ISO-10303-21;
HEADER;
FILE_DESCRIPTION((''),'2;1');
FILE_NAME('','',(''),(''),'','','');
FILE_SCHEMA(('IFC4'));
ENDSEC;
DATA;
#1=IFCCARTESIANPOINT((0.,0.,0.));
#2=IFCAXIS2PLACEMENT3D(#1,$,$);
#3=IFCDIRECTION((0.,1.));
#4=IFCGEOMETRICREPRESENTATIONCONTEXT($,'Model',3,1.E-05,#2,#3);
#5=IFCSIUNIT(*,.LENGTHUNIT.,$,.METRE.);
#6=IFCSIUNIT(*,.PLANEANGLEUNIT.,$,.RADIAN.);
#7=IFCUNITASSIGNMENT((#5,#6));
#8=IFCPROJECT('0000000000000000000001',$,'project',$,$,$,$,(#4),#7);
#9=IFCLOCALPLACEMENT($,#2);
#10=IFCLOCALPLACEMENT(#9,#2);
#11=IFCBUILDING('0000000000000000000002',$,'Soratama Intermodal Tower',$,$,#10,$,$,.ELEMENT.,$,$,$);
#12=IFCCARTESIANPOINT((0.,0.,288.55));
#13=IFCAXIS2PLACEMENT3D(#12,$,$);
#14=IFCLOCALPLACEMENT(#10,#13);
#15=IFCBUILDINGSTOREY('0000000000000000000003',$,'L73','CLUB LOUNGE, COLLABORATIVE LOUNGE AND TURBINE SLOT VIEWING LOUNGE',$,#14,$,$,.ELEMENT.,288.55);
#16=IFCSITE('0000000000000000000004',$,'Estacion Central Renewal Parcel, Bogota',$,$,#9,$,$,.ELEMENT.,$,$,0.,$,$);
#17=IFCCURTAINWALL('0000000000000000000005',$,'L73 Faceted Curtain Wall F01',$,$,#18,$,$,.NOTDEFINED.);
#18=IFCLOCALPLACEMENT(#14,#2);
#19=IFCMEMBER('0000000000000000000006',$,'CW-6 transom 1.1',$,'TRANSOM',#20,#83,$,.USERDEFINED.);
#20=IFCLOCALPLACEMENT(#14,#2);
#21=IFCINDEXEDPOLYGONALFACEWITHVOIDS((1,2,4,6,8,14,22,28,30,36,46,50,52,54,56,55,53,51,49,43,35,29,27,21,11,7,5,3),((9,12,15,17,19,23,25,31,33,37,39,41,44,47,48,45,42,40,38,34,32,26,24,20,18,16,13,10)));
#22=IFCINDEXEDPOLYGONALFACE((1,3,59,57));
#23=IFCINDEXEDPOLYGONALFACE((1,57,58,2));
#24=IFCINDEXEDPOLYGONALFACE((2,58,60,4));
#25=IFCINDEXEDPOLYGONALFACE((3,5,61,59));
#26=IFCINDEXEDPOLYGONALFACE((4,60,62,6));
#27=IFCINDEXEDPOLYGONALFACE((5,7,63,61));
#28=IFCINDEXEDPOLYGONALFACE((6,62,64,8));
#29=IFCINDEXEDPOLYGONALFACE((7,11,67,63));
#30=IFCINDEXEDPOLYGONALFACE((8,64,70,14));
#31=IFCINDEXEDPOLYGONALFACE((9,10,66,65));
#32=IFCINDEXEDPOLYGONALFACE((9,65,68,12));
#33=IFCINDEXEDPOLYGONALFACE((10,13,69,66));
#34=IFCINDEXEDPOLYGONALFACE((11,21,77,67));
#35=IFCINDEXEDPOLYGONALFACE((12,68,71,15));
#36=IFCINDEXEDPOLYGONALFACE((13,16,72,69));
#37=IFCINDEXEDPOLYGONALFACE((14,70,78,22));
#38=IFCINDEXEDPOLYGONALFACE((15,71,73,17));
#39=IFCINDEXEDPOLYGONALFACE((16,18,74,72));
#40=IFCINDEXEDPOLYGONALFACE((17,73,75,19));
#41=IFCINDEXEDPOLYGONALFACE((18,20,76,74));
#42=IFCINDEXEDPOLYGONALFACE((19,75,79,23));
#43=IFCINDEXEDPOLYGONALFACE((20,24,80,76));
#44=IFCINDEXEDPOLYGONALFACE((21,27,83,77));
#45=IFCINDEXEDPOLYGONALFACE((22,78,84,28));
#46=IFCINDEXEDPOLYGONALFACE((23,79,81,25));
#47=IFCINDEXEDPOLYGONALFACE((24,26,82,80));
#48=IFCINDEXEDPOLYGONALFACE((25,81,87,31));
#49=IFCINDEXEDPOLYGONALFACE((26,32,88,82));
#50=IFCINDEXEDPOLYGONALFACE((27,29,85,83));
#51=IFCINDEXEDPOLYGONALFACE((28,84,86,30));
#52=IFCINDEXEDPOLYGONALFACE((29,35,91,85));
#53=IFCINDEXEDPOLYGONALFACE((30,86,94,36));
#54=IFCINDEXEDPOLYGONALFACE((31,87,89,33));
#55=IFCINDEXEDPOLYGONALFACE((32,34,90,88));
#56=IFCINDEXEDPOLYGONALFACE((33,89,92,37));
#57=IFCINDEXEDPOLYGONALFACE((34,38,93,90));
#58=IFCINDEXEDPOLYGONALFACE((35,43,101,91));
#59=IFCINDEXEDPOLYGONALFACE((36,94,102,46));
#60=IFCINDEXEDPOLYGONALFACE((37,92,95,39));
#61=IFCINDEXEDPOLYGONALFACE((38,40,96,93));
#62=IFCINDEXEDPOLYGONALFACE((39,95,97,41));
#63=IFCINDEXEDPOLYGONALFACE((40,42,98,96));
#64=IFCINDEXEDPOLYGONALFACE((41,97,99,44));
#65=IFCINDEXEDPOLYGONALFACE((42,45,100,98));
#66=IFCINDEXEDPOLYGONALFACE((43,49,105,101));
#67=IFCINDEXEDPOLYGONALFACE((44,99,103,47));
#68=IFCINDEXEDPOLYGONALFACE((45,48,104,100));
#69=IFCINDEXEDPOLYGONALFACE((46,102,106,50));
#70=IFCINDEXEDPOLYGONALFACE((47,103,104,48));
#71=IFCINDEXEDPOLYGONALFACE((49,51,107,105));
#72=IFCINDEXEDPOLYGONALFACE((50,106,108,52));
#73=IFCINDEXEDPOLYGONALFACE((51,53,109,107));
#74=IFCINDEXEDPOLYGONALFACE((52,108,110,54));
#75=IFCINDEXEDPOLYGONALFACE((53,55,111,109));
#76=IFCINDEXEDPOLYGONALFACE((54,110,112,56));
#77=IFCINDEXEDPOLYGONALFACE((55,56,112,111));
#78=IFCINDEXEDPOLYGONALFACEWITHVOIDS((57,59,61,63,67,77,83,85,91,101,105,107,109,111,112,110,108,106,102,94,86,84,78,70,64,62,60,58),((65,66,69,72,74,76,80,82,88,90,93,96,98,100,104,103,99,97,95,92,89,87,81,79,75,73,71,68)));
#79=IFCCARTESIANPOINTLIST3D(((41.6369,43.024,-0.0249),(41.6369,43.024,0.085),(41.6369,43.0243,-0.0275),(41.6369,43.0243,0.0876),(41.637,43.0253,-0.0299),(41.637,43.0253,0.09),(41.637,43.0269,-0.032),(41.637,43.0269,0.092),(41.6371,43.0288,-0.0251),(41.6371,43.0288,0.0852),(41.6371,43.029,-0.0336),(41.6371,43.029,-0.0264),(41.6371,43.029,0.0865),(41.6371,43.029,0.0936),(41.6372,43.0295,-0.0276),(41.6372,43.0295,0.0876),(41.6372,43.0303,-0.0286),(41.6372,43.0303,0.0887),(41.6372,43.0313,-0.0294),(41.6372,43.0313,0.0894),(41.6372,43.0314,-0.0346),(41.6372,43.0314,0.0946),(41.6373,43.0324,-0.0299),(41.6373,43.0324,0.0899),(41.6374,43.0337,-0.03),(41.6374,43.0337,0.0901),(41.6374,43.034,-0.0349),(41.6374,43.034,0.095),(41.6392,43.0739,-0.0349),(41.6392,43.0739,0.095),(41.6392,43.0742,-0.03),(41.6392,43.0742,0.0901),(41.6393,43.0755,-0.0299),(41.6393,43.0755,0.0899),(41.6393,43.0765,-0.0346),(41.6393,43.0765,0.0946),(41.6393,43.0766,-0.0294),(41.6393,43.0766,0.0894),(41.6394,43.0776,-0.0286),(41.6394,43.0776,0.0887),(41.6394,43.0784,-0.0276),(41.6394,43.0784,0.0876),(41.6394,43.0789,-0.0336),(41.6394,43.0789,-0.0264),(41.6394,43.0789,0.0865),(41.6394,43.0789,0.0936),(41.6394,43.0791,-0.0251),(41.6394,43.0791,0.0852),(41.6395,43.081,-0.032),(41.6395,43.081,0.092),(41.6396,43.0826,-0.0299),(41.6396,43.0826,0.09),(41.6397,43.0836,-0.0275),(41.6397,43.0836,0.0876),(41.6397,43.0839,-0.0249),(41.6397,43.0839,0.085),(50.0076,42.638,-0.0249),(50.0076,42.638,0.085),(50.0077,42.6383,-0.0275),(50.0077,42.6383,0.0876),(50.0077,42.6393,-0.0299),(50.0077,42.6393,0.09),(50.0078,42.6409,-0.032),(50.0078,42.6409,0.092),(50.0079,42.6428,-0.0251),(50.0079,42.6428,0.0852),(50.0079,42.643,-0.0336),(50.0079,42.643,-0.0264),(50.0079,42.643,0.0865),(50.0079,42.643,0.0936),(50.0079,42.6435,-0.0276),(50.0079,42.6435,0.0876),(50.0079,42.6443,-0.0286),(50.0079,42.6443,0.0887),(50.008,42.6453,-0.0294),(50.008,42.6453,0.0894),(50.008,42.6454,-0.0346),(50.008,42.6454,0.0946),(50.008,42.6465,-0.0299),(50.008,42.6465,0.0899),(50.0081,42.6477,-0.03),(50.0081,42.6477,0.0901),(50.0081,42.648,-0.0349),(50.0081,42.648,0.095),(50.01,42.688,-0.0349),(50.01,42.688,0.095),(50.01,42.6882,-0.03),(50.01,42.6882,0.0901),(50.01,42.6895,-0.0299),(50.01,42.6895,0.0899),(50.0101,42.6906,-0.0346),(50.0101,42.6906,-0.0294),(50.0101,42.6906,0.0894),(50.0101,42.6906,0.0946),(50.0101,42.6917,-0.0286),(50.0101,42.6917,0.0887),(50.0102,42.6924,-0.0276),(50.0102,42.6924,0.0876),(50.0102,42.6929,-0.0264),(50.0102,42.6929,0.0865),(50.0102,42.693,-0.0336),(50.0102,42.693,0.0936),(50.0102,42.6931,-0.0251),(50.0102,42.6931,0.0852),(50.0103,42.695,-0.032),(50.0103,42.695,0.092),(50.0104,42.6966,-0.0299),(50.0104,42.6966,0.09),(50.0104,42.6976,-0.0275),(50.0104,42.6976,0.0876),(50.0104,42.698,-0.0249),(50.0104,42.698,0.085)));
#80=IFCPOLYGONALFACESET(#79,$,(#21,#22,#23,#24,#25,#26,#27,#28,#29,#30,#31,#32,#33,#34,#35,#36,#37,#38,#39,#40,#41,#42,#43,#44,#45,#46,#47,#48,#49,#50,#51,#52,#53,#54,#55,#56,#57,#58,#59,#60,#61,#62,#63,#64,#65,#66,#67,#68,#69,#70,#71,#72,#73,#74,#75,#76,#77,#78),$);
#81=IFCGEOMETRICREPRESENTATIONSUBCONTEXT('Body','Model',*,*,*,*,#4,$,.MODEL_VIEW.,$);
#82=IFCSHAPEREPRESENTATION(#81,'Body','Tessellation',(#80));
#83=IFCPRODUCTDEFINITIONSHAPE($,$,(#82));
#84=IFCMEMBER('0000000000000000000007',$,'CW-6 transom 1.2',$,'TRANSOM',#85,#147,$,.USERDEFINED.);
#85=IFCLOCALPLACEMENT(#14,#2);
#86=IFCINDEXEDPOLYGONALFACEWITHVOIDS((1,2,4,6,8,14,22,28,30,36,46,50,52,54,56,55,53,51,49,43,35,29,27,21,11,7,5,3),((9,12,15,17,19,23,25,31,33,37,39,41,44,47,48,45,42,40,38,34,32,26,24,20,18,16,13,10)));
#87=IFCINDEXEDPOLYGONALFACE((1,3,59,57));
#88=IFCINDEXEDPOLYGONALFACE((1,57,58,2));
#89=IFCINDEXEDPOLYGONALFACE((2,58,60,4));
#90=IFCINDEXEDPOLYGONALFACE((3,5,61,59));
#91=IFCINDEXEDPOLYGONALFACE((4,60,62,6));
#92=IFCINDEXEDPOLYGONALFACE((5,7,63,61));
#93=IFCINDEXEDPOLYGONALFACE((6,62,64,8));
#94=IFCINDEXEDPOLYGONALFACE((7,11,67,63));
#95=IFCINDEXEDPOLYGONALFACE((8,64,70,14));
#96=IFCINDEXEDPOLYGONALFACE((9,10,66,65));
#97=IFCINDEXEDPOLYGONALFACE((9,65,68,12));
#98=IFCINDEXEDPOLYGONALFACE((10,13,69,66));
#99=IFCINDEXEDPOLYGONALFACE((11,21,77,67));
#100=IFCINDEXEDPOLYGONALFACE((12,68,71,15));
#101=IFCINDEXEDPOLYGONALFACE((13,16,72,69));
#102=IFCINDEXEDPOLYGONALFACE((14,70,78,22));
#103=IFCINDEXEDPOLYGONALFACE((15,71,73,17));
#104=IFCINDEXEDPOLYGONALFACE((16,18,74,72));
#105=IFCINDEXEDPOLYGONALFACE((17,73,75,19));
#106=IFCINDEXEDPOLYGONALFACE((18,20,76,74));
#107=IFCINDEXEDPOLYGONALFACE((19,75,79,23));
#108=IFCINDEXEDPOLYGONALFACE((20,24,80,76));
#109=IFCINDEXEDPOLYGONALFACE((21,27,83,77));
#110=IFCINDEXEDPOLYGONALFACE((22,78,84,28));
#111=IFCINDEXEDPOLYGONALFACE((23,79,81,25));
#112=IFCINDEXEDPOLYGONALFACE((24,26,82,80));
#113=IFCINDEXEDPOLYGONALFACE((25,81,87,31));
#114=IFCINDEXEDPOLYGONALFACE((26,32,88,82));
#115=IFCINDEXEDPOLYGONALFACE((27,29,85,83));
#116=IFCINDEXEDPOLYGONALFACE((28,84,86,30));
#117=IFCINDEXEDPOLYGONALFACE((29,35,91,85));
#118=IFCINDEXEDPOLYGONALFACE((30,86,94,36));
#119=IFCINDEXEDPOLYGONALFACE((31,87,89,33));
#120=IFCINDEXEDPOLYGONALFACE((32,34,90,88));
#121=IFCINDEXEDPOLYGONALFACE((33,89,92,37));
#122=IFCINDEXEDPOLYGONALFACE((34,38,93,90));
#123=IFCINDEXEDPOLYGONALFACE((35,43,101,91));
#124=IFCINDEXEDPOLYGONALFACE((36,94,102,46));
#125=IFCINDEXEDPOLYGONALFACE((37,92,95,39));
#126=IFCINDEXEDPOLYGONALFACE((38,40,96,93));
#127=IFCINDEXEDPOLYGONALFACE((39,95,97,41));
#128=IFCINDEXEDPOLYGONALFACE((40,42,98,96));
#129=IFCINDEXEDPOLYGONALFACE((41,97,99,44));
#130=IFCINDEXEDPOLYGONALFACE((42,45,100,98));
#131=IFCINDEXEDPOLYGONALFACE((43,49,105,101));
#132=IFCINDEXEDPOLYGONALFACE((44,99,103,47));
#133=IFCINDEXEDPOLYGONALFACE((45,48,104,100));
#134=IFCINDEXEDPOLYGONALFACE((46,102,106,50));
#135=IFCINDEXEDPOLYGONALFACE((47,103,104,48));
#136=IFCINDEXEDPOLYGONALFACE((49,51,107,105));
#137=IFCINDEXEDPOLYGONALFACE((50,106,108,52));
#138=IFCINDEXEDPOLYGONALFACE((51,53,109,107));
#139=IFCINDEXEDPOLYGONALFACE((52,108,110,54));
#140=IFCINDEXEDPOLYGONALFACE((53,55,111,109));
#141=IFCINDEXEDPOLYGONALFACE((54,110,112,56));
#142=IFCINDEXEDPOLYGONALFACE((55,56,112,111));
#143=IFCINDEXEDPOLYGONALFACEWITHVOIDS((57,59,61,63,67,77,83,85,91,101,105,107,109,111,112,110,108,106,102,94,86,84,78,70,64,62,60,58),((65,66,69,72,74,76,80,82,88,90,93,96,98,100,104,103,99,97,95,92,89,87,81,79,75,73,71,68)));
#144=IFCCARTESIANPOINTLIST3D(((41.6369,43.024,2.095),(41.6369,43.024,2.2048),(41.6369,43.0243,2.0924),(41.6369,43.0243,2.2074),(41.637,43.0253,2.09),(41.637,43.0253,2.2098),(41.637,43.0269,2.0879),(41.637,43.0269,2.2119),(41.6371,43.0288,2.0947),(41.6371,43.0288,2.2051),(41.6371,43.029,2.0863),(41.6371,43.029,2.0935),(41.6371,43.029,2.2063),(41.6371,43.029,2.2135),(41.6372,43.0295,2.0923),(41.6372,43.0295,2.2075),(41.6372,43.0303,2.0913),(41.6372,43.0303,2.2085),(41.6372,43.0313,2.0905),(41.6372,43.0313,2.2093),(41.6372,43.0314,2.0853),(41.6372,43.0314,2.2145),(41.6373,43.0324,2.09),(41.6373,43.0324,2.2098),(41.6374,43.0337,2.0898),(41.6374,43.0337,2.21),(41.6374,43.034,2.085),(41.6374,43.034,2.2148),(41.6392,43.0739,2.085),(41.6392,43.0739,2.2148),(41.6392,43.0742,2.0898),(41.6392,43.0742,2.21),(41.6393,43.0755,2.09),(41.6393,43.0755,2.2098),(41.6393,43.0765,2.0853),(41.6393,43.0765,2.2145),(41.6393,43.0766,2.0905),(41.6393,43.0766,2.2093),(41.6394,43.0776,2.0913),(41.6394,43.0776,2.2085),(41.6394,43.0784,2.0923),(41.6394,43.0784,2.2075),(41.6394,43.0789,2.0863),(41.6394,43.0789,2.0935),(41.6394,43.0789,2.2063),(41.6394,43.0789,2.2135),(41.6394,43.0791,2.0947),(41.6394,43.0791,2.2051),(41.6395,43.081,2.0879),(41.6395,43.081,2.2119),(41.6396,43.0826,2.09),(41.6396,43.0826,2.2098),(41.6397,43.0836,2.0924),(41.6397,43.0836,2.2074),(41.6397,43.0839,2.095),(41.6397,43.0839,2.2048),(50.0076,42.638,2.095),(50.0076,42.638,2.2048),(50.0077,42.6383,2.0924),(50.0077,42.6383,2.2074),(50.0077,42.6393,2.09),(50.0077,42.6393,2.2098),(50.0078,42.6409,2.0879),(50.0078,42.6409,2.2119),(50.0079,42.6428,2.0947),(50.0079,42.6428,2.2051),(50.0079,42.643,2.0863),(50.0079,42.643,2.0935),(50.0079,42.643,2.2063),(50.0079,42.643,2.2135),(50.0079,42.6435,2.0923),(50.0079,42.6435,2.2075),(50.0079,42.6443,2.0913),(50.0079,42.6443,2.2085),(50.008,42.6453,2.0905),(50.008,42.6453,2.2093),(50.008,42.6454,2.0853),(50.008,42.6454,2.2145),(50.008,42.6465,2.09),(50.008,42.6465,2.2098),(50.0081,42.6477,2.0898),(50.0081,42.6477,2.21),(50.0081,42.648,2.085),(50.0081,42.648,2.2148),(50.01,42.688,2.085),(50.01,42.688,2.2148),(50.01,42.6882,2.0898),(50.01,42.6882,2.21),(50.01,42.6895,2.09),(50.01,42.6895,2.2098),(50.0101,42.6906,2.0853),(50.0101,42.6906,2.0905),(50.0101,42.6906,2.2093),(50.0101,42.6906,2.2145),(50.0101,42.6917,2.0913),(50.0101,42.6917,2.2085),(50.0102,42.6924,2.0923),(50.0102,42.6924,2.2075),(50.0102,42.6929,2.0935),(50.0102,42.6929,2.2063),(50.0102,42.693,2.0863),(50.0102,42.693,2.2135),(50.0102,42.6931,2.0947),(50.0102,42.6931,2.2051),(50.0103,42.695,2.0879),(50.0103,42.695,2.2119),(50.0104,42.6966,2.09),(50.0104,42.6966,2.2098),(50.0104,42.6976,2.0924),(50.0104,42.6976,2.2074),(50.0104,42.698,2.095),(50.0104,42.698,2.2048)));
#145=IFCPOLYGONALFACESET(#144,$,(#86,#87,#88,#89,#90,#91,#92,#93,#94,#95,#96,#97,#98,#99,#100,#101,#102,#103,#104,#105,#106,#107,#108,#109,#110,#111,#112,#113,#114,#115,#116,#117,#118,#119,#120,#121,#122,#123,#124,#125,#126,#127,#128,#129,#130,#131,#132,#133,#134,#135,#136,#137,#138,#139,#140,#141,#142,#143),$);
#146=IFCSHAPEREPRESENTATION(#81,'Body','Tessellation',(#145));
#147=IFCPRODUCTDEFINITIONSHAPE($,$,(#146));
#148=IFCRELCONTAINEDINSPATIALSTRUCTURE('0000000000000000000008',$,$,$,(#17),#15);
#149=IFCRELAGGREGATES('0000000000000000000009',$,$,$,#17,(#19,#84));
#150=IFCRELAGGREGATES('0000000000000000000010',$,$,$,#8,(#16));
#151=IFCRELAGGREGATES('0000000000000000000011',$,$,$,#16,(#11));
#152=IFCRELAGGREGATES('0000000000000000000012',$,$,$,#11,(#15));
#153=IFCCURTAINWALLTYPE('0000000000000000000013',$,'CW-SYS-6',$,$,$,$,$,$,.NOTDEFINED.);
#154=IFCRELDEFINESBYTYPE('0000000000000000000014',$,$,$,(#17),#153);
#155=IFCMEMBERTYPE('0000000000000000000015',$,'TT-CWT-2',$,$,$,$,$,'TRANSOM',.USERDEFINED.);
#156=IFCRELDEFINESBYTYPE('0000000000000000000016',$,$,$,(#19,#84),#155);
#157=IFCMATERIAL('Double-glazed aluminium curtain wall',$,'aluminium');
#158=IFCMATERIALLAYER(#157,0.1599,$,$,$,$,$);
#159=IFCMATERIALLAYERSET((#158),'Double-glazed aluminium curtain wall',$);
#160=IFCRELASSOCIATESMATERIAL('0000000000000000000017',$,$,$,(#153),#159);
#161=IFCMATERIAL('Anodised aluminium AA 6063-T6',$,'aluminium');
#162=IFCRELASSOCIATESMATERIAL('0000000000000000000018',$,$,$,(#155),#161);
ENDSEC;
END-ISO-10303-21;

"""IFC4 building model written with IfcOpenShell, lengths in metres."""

from ifc_helpers import new_model, si_unit, direction, frame, origin, origin_2d, place, context, subcontext, project, spatial, hollow_rectangle, extrude, material, layer, layer_set, material_profile, profile_set, type_object, element, aggregate, save


model = new_model("IFC4")

# Units and contexts
model_context = context("Model", 3, precision=1e-05, world=origin(), true_north=direction((0.0, 1.0)))
body_context = subcontext(model_context, "Body", "Model", "MODEL_VIEW")
ifc_project = project(units=[si_unit("LENGTHUNIT", "METRE"), si_unit("PLANEANGLEUNIT", "RADIAN")], contexts=[model_context])

# Site, building, storey
site_placement = place(None, origin())
site = spatial("IfcSite", under=ifc_project, at=site_placement, Name="Estacion Central Renewal Parcel, Bogota", CompositionType="ELEMENT", RefElevation=0.0)
building_placement = place(site_placement, origin())
building = spatial("IfcBuilding", under=site, at=building_placement, Name="Soratama Intermodal Tower", CompositionType="ELEMENT")
storey_placement = place(building_placement, frame((0.0, 0.0, 288.55)))
storey = spatial("IfcBuildingStorey", under=building, at=storey_placement, Name="L73", Description="CLUB LOUNGE, COLLABORATIVE LOUNGE AND TURBINE SLOT VIEWING LOUNGE", CompositionType="ELEMENT", Elevation=288.55)

# Curtain wall, members
ifc_material_1 = material(Name="Double-glazed aluminium curtain wall", Category="aluminium")
ifc_layer_1 = layer(ifc_material_1, 0.1599)
ifc_layer_set_1 = layer_set([ifc_layer_1], Name="Double-glazed aluminium curtain wall")
curtain_wall_type = type_object("IfcCurtainWallType", Name="CW-SYS-6", PredefinedType="NOTDEFINED", material=ifc_layer_set_1)
curtain_wall_placement = place(storey_placement, origin())
curtain_wall = element("IfcCurtainWall", 1, at=curtain_wall_placement, inside=storey, type_object=curtain_wall_type, Name="L73 Faceted Curtain Wall F01", PredefinedType="NOTDEFINED")
ifc_material_2 = material(Name="Anodised aluminium AA 6063-T6", Category="aluminium")
ifc_material_profile_1 = material_profile(ifc_material_2, hollow_rectangle(XDim=0.0601, YDim=0.1299, WallThickness=0.0049, InnerFilletRadius=0.0049, OuterFilletRadius=0.01, at=origin_2d()), Name="CWT130X60X5")
ifc_profile_set_1 = profile_set([ifc_material_profile_1], Name="Anodised aluminium AA 6063-T6")
member_type_1 = type_object("IfcMemberType", Name="TT-CWT-2", ElementType="TRANSOM", PredefinedType="USERDEFINED", material=ifc_profile_set_1)
member_1_placement = place(storey_placement, frame((50.009, 42.668, 0.03), z_axis=(-0.998939, 0.046062, 0.0), x_axis=(-0.046062, -0.998939, 0.0)))
member_1 = element("IfcMember", 2, at=member_1_placement, type_object=member_type_1, Name="CW-6 transom 1.1", ObjectType="TRANSOM", PredefinedType="USERDEFINED", context=body_context, shape_type="SweptSolid", body=[
    extrude(hollow_rectangle(XDim=0.0601, YDim=0.1299, WallThickness=0.0049, InnerFilletRadius=0.0049, OuterFilletRadius=0.01, at=origin_2d()), origin(), (0.0, 0.0, 1.0), 8.3796),
])
member_2_placement = place(storey_placement, frame((50.009, 42.668, 2.1499), z_axis=(-0.998939, 0.046062, 0.0), x_axis=(-0.046062, -0.998939, 0.0)))
member_2 = element("IfcMember", 3, at=member_2_placement, type_object=member_type_1, Name="CW-6 transom 1.2", ObjectType="TRANSOM", PredefinedType="USERDEFINED", context=body_context, shape_type="SweptSolid", body=[
    extrude(hollow_rectangle(XDim=0.0601, YDim=0.1299, WallThickness=0.0049, InnerFilletRadius=0.0049, OuterFilletRadius=0.01, at=origin_2d()), origin(), (0.0, 0.0, 1.0), 8.3796),
])

aggregate(curtain_wall, [member_1, member_2])

save(model, "model.ifc")
